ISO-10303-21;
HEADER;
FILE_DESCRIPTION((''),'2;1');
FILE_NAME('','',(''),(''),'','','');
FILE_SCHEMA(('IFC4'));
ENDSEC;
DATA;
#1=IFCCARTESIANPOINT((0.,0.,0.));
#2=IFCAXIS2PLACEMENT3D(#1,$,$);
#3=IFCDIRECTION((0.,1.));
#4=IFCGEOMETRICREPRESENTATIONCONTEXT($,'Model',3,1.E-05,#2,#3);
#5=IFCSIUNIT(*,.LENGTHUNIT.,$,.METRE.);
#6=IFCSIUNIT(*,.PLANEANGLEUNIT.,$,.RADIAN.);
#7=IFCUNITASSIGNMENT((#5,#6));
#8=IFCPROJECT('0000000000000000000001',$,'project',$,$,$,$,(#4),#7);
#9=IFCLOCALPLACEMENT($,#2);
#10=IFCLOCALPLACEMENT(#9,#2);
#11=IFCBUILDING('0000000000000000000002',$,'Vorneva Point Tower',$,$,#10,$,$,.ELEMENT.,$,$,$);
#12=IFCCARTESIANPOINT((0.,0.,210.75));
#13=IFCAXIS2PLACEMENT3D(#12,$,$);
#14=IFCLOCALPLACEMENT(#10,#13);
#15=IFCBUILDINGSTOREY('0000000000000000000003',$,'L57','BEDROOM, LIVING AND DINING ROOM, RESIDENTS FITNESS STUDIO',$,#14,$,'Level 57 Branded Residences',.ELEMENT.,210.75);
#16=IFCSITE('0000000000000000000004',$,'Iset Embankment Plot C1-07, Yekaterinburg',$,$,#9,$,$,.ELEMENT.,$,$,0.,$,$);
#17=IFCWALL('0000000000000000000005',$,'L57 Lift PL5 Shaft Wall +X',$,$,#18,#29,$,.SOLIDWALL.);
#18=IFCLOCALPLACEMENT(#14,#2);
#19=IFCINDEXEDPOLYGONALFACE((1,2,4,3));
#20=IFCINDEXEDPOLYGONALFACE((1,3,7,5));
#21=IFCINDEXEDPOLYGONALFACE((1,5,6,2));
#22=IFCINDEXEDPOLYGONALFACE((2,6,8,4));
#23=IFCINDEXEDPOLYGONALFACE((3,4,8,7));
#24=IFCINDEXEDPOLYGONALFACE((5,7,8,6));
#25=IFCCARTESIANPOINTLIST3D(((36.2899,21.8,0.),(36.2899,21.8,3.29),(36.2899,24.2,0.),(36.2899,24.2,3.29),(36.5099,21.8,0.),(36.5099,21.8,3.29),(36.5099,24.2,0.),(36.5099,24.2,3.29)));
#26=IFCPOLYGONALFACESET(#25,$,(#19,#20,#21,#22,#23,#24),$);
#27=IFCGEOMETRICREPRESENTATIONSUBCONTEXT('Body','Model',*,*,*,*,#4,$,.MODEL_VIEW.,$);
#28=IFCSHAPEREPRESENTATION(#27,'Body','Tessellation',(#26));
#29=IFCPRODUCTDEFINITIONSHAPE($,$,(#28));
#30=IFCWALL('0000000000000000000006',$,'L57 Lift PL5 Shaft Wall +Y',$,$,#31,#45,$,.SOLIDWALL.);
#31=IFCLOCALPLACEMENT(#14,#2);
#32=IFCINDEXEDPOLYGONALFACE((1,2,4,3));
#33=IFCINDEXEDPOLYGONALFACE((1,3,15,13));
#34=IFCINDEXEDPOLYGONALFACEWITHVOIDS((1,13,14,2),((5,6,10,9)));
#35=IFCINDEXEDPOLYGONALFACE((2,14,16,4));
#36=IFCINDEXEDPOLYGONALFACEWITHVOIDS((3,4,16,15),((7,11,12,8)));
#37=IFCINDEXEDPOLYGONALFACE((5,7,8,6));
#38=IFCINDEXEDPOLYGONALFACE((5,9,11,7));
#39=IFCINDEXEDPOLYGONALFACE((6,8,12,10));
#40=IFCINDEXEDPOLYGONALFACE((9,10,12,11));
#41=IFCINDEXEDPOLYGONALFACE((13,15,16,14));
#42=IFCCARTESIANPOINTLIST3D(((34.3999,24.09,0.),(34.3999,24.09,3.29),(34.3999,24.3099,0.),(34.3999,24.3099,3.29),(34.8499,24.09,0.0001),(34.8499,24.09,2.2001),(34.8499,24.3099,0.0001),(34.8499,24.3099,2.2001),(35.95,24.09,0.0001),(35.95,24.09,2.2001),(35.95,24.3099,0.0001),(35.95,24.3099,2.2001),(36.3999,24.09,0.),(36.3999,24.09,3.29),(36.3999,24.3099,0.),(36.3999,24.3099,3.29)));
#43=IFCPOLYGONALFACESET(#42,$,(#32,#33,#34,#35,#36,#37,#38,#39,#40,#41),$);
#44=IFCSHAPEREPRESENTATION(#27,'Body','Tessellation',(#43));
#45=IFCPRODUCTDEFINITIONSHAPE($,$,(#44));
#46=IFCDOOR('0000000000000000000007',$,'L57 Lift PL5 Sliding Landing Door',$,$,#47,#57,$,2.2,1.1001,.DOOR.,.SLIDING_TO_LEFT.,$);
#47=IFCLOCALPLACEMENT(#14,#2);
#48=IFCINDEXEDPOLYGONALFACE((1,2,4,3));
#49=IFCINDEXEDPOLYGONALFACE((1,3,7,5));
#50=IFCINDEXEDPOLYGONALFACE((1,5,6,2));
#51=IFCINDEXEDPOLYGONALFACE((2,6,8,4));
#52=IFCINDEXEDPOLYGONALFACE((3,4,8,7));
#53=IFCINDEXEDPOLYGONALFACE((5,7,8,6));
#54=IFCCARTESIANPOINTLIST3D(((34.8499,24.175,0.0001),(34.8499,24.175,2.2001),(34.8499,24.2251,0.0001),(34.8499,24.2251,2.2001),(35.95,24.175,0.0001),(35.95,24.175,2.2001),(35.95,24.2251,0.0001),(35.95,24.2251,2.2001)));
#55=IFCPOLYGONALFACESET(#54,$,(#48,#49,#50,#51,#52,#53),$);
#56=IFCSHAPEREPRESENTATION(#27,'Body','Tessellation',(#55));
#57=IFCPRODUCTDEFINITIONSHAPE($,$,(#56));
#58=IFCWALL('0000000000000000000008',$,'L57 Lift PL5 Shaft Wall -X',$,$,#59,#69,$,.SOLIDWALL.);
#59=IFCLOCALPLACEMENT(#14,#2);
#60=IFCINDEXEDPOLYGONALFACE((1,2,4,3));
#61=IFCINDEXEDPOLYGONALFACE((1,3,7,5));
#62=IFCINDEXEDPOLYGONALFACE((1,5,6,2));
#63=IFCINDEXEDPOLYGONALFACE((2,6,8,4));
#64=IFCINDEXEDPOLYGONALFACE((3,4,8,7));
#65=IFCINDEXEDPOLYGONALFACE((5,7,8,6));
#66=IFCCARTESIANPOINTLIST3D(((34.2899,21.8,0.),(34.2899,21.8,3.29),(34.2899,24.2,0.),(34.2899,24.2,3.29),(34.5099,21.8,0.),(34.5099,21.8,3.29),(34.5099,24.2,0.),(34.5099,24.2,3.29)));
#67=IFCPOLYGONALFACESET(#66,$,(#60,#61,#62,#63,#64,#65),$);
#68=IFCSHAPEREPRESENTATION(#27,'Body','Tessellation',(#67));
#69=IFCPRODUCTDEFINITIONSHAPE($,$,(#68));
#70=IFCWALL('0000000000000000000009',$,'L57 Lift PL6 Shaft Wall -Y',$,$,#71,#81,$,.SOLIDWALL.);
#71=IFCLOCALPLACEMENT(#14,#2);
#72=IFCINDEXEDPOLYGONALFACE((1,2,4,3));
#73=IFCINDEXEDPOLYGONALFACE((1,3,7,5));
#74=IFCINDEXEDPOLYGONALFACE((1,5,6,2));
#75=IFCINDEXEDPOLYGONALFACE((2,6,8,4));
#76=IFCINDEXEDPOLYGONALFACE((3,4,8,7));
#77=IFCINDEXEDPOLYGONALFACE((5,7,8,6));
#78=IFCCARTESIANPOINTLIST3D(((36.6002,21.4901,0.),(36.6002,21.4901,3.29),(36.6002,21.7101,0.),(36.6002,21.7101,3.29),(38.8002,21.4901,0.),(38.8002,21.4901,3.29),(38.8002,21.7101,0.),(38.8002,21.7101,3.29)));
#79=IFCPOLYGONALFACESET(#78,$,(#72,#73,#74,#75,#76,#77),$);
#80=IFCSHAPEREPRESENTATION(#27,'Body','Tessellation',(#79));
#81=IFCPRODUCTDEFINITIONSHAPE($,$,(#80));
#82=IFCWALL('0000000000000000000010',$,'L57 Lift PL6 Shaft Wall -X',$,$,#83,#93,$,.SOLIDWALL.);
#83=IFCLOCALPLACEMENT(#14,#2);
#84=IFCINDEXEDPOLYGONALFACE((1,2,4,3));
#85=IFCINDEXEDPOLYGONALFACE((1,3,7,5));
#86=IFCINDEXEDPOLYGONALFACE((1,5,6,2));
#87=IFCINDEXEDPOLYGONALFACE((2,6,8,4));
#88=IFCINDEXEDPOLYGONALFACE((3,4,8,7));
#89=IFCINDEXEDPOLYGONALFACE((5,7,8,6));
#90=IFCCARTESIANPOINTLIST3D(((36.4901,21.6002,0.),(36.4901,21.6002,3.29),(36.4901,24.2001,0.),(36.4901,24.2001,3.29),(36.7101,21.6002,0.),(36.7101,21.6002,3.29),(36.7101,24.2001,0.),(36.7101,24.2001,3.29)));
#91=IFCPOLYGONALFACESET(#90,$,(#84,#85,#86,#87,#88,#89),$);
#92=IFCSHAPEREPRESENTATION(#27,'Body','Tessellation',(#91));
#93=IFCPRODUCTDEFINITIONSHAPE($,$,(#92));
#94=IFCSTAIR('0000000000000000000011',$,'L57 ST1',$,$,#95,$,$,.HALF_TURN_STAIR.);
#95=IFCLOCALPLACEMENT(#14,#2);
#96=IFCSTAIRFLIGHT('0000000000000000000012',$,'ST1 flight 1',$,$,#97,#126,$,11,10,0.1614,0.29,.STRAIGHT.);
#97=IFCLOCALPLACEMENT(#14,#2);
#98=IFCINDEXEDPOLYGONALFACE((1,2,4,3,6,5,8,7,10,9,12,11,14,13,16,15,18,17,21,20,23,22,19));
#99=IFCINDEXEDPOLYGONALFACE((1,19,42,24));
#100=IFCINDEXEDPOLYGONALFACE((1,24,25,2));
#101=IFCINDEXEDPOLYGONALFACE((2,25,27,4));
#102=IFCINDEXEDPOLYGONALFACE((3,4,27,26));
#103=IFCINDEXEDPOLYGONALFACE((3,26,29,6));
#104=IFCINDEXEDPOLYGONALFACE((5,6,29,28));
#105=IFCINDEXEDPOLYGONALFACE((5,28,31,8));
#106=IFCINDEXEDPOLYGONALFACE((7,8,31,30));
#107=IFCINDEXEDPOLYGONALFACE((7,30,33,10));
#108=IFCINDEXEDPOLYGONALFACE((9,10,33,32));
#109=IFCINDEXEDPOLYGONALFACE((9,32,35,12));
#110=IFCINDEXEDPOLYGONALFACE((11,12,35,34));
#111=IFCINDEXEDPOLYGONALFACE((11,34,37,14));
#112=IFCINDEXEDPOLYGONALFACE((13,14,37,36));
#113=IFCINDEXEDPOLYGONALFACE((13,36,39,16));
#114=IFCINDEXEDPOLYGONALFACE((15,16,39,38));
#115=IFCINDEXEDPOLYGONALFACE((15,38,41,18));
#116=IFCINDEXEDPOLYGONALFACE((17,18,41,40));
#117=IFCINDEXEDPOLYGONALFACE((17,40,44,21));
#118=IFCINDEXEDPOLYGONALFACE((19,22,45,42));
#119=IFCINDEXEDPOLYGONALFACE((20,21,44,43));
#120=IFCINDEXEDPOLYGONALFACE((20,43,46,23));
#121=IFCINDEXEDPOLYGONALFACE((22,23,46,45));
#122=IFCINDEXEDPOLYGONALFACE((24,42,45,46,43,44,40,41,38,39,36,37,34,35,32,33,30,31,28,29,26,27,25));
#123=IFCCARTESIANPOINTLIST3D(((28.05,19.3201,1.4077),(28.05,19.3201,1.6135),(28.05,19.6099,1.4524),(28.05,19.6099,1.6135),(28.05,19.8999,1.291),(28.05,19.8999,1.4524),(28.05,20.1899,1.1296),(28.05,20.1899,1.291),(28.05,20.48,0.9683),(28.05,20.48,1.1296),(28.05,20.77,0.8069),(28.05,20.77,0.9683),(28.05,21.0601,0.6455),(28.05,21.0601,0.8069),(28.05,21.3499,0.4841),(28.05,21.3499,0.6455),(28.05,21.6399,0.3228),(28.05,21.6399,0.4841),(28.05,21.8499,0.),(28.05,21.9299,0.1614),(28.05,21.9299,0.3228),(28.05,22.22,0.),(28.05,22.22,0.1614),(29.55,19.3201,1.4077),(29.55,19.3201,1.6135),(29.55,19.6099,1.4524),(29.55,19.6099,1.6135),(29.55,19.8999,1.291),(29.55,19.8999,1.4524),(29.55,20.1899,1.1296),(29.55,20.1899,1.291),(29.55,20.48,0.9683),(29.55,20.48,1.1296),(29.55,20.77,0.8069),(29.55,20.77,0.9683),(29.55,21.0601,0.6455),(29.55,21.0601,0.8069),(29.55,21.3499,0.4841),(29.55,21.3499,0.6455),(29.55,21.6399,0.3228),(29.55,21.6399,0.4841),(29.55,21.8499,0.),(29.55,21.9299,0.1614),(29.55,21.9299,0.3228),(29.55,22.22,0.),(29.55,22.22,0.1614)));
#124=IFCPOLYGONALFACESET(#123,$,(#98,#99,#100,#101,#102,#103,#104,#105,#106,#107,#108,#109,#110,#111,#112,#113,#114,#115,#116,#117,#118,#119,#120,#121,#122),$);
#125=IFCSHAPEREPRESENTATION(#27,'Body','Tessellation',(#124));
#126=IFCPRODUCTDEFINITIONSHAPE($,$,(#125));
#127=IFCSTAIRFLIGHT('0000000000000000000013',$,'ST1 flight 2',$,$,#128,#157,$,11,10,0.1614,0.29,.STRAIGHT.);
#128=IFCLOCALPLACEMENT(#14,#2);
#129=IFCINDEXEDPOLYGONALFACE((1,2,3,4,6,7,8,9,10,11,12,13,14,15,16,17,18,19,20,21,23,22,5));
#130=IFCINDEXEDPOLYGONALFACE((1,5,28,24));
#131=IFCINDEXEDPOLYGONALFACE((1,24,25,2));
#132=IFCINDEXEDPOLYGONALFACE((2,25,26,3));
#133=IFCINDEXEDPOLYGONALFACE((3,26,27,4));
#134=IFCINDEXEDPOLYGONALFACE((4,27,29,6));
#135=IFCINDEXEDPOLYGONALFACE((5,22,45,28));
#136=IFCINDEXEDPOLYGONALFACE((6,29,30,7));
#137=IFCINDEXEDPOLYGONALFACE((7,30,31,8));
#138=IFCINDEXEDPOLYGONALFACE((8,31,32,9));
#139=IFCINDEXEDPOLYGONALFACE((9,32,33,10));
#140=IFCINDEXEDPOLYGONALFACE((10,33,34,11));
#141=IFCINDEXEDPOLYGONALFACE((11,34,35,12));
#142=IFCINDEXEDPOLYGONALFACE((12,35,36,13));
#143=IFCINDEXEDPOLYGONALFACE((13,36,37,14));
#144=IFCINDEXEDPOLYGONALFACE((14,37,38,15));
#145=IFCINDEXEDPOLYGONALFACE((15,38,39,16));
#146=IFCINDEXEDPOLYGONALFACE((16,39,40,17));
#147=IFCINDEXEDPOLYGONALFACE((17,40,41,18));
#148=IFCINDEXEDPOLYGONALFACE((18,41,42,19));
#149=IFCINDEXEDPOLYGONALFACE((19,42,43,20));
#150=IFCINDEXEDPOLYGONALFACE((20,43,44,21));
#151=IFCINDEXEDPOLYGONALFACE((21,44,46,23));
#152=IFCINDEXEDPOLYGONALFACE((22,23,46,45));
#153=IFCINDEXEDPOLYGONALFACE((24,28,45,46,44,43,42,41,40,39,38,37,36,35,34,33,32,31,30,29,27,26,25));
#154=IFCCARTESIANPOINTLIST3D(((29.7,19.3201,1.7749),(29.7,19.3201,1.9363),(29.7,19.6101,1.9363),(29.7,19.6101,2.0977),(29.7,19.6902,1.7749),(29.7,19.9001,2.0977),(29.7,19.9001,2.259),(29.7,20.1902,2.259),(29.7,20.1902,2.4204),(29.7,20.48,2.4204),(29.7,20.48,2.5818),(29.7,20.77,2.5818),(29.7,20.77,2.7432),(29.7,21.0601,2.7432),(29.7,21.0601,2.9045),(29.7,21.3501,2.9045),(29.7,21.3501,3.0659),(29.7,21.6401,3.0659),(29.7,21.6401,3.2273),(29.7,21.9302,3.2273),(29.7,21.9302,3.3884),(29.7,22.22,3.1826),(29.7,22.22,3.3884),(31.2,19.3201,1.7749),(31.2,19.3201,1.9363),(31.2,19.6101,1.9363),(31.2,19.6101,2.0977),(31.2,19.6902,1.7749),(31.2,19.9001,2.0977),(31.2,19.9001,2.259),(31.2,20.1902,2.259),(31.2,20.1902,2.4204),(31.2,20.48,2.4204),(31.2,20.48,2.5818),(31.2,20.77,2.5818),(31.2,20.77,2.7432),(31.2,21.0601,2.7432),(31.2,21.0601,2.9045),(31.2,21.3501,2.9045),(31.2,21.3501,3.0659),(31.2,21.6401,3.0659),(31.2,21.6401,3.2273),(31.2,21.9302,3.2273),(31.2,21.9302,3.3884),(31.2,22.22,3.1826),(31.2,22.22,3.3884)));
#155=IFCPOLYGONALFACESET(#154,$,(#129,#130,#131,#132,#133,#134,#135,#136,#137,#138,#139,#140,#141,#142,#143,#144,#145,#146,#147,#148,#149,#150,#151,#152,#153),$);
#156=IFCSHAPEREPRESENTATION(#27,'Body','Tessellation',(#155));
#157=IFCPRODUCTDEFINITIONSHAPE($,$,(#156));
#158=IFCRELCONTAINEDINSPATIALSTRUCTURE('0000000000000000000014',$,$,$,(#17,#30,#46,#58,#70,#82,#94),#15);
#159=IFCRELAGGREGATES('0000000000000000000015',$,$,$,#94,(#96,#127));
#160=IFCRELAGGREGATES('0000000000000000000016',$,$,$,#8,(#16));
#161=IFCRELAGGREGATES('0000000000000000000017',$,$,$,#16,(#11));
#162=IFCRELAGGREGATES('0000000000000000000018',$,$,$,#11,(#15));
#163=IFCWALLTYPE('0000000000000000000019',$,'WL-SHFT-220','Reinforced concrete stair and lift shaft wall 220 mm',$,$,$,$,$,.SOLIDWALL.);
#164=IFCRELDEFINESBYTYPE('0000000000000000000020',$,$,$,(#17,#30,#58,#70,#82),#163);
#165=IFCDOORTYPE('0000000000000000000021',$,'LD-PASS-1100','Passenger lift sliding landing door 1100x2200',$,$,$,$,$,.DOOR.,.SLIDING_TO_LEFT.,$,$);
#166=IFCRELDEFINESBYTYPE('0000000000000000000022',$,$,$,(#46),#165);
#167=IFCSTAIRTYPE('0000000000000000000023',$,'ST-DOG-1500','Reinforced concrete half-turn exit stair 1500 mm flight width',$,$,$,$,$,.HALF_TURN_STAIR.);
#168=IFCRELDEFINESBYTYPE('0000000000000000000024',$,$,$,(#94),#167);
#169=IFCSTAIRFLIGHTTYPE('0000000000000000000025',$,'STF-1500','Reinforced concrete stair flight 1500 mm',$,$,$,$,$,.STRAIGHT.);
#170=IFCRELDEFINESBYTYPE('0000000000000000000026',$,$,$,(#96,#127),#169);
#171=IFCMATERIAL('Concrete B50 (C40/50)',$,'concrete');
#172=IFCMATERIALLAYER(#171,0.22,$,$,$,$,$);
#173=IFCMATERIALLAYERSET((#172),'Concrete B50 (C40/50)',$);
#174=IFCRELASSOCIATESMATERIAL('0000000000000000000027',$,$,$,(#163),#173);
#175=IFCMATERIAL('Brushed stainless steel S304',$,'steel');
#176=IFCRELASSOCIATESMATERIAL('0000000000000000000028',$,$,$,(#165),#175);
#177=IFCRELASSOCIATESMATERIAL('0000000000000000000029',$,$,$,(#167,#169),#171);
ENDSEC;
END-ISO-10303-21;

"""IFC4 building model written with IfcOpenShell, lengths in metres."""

from ifc_helpers import new_model, si_unit, direction, frame, frame_2d, origin, place, context, subcontext, project, spatial, polyline, rectangle, outline, extrude, material, layer, layer_set, type_object, element, fill, aggregate, save


model = new_model("IFC4")

# Units and contexts
model_context = context("Model", 3, precision=1e-05, world=origin(), true_north=direction((0.0, 1.0)))
body_context = subcontext(model_context, "Body", "Model", "MODEL_VIEW")
ifc_project = project(units=[si_unit("LENGTHUNIT", "METRE"), si_unit("PLANEANGLEUNIT", "RADIAN")], contexts=[model_context])

# Site, building, storey
site_placement = place(None, origin())
site = spatial("IfcSite", under=ifc_project, at=site_placement, Name="Iset Embankment Plot C1-07, Yekaterinburg", CompositionType="ELEMENT", RefElevation=0.0)
building_placement = place(site_placement, origin())
building = spatial("IfcBuilding", under=site, at=building_placement, Name="Vorneva Point Tower", CompositionType="ELEMENT")
storey_placement = place(building_placement, frame((0.0, 0.0, 210.75)))
storey = spatial("IfcBuildingStorey", under=building, at=storey_placement, Name="L57", Description="BEDROOM, LIVING AND DINING ROOM, RESIDENTS FITNESS STUDIO", LongName="Level 57 Branded Residences", CompositionType="ELEMENT", Elevation=210.75)

# Shared definitions
ifc_material_1 = material(Name="Concrete B50 (C40/50)", Category="concrete")

# Shared definitions
ifc_layer_1 = layer(ifc_material_1, 0.22)
ifc_layer_set_1 = layer_set([ifc_layer_1], Name="Concrete B50 (C40/50)")
wall_type_1 = type_object("IfcWallType", Name="WL-SHFT-220", Description="Reinforced concrete stair and lift shaft wall 220 mm", PredefinedType="SOLIDWALL", material=ifc_layer_set_1)

# Shared definitions
ifc_material_2 = material(Name="Brushed stainless steel S304", Category="steel")
door_type_1 = type_object("IfcDoorType", Name="LD-PASS-1100", Description="Passenger lift sliding landing door 1100x2200", OperationType="SLIDING_TO_LEFT", PredefinedType="DOOR", material=ifc_material_2)

# Wall
wall_1_placement = place(storey_placement, frame((36.3999, 21.8, 0.0), z_axis=(0.0, 0.0, 1.0), x_axis=(0.0, 1.0, 0.0)))
element("IfcWall", 1, at=wall_1_placement, inside=storey, type_object=wall_type_1, Name="L57 Lift PL5 Shaft Wall +X", PredefinedType="SOLIDWALL", context=body_context, shape_type="SweptSolid", body=[
    extrude(rectangle(XDim=2.3999, YDim=0.22, at=frame_2d((1.2, 0.0))), origin(), (0.0, 0.0, 1.0), 3.29),
])

# Wall, opening, door
wall_2_placement = place(storey_placement, frame((36.3999, 24.2, 0.0), z_axis=(0.0, 0.0, 1.0), x_axis=(-1.0, 0.0, 0.0)))
wall_2 = element("IfcWall", 2, at=wall_2_placement, inside=storey, type_object=wall_type_1, Name="L57 Lift PL5 Shaft Wall +Y", PredefinedType="SOLIDWALL", context=body_context, shape_type="SweptSolid", body=[
    extrude(rectangle(XDim=2.0, YDim=0.22, at=frame_2d((1.0, 0.0))), origin(), (0.0, 0.0, 1.0), 3.29),
])
opening_1_placement = place(wall_2_placement, frame((0.45, 0.0, 0.0)))
opening_1 = element("IfcOpeningElement", 3, at=opening_1_placement, cuts=wall_2, PredefinedType="OPENING", context=body_context, shape_type="SweptSolid", body=[
    extrude(rectangle(XDim=1.1001, YDim=2.2, at=frame_2d((0.55, 1.1001))), frame((0.0, 0.125, 0.0), z_axis=(0.0, -1.0, 0.0), x_axis=(1.0, 0.0, 0.0)), (0.0, 0.0, 1.0), 0.2498),
])
door_1_placement = place(opening_1_placement, origin())
door_1 = element("IfcDoor", 4, at=door_1_placement, inside=storey, type_object=door_type_1, Name="L57 Lift PL5 Sliding Landing Door", OperationType="SLIDING_TO_LEFT", OverallHeight=2.2, OverallWidth=1.1001, PredefinedType="DOOR", context=body_context, shape_type="SweptSolid", body=[
    extrude(rectangle(XDim=1.1001, YDim=2.2, at=frame_2d((0.55, 1.1001))), frame((0.0, 0.0249, 0.0), z_axis=(0.0, -1.0, 0.0), x_axis=(1.0, 0.0, 0.0)), (0.0, 0.0, 1.0), 0.05),
])
fill(opening_1, door_1)

# Walls
wall_3_placement = place(storey_placement, frame((34.3999, 24.2, 0.0), z_axis=(0.0, 0.0, 1.0), x_axis=(0.0, -1.0, 0.0)))
element("IfcWall", 5, at=wall_3_placement, inside=storey, type_object=wall_type_1, Name="L57 Lift PL5 Shaft Wall -X", PredefinedType="SOLIDWALL", context=body_context, shape_type="SweptSolid", body=[
    extrude(rectangle(XDim=2.3999, YDim=0.22, at=frame_2d((1.2, 0.0))), origin(), (0.0, 0.0, 1.0), 3.29),
])
wall_4_placement = place(storey_placement, frame((36.6001, 21.6001, 0.0), z_axis=(0.0, 0.0, 1.0), x_axis=(1.0, 0.0, 0.0)))
element("IfcWall", 6, at=wall_4_placement, inside=storey, type_object=wall_type_1, Name="L57 Lift PL6 Shaft Wall -Y", PredefinedType="SOLIDWALL", context=body_context, shape_type="SweptSolid", body=[
    extrude(rectangle(XDim=2.2, YDim=0.22, at=frame_2d((1.1001, 0.0))), origin(), (0.0, 0.0, 1.0), 3.29),
])
wall_5_placement = place(storey_placement, frame((36.6001, 24.2, 0.0), z_axis=(0.0, 0.0, 1.0), x_axis=(0.0, -1.0, 0.0)))
element("IfcWall", 7, at=wall_5_placement, inside=storey, type_object=wall_type_1, Name="L57 Lift PL6 Shaft Wall -X", PredefinedType="SOLIDWALL", context=body_context, shape_type="SweptSolid", body=[
    extrude(rectangle(XDim=2.5999, YDim=0.22, at=frame_2d((1.2998, 0.0))), origin(), (0.0, 0.0, 1.0), 3.29),
])

# Stair, stair flights
stair_type = type_object("IfcStairType", Name="ST-DOG-1500", Description="Reinforced concrete half-turn exit stair 1500 mm flight width", PredefinedType="HALF_TURN_STAIR", material=ifc_material_1)
stair_placement = place(storey_placement, origin())
stair = element("IfcStair", 8, at=stair_placement, inside=storey, type_object=stair_type, Name="L57 ST1", PredefinedType="HALF_TURN_STAIR")
stair_flight_type = type_object("IfcStairFlightType", Name="STF-1500", Description="Reinforced concrete stair flight 1500 mm", PredefinedType="STRAIGHT", material=ifc_material_1)
stair_flight_1_placement = place(storey_placement, frame((28.8, 22.22, 0.0), z_axis=(0.0, 0.0, 1.0), x_axis=(0.0, -1.0, 0.0)))
stair_flight_1 = element("IfcStairFlight", 9, at=stair_flight_1_placement, type_object=stair_flight_type, Name="ST1 flight 1", NumberOfRisers=11, NumberOfTreads=10, PredefinedType="STRAIGHT", RiserHeight=0.1614, TreadLength=0.29, context=body_context, shape_type="SweptSolid", body=[
    extrude(outline(polyline([(0.0, 0.0), (0.0, 0.1614), (0.29, 0.1614), (0.29, 0.3228), (0.5801, 0.3228), (0.5801, 0.4841), (0.8701, 0.4841), (0.8701, 0.6455), (1.1599, 0.6455), (1.1599, 0.8069), (1.45, 0.8069), (1.45, 0.9683), (1.74, 0.9683), (1.74, 1.1296), (2.03, 1.1296), (2.03, 1.291), (2.3201, 1.291), (2.3201, 1.4524), (2.6101, 1.4524), (2.6101, 1.6135), (2.8999, 1.6135), (2.8999, 1.7749), (2.8999, 1.4077), (0.3701, 0.0), (0.0, 0.0)])), frame((0.0, 0.75, 0.0), z_axis=(0.0, -1.0, 0.0), x_axis=(1.0, 0.0, 0.0)), (0.0, 0.0, 1.0), 1.5),
])
stair_flight_2_placement = place(storey_placement, frame((30.45, 19.3201, 1.7749), z_axis=(0.0, 0.0, 1.0), x_axis=(0.0, 1.0, 0.0)))
stair_flight_2 = element("IfcStairFlight", 10, at=stair_flight_2_placement, type_object=stair_flight_type, Name="ST1 flight 2", NumberOfRisers=11, NumberOfTreads=10, PredefinedType="STRAIGHT", RiserHeight=0.1614, TreadLength=0.29, context=body_context, shape_type="SweptSolid", body=[
    extrude(outline(polyline([(0.0, 0.0), (0.0, 0.1614), (0.29, 0.1614), (0.29, 0.3228), (0.5801, 0.3228), (0.5801, 0.4841), (0.8701, 0.4841), (0.8701, 0.6455), (1.1599, 0.6455), (1.1599, 0.8069), (1.45, 0.8069), (1.45, 0.9683), (1.74, 0.9683), (1.74, 1.1296), (2.03, 1.1296), (2.03, 1.291), (2.3201, 1.291), (2.3201, 1.4524), (2.6101, 1.4524), (2.6101, 1.6135), (2.8999, 1.6135), (2.8999, 1.7749), (2.8999, 1.4077), (0.3701, 0.0), (0.0, 0.0)])), frame((0.0, 0.75, 0.0), z_axis=(0.0, -1.0, 0.0), x_axis=(1.0, 0.0, 0.0)), (0.0, 0.0, 1.0), 1.5),
])
aggregate(stair, [stair_flight_1, stair_flight_2])

save(model, "model.ifc")
